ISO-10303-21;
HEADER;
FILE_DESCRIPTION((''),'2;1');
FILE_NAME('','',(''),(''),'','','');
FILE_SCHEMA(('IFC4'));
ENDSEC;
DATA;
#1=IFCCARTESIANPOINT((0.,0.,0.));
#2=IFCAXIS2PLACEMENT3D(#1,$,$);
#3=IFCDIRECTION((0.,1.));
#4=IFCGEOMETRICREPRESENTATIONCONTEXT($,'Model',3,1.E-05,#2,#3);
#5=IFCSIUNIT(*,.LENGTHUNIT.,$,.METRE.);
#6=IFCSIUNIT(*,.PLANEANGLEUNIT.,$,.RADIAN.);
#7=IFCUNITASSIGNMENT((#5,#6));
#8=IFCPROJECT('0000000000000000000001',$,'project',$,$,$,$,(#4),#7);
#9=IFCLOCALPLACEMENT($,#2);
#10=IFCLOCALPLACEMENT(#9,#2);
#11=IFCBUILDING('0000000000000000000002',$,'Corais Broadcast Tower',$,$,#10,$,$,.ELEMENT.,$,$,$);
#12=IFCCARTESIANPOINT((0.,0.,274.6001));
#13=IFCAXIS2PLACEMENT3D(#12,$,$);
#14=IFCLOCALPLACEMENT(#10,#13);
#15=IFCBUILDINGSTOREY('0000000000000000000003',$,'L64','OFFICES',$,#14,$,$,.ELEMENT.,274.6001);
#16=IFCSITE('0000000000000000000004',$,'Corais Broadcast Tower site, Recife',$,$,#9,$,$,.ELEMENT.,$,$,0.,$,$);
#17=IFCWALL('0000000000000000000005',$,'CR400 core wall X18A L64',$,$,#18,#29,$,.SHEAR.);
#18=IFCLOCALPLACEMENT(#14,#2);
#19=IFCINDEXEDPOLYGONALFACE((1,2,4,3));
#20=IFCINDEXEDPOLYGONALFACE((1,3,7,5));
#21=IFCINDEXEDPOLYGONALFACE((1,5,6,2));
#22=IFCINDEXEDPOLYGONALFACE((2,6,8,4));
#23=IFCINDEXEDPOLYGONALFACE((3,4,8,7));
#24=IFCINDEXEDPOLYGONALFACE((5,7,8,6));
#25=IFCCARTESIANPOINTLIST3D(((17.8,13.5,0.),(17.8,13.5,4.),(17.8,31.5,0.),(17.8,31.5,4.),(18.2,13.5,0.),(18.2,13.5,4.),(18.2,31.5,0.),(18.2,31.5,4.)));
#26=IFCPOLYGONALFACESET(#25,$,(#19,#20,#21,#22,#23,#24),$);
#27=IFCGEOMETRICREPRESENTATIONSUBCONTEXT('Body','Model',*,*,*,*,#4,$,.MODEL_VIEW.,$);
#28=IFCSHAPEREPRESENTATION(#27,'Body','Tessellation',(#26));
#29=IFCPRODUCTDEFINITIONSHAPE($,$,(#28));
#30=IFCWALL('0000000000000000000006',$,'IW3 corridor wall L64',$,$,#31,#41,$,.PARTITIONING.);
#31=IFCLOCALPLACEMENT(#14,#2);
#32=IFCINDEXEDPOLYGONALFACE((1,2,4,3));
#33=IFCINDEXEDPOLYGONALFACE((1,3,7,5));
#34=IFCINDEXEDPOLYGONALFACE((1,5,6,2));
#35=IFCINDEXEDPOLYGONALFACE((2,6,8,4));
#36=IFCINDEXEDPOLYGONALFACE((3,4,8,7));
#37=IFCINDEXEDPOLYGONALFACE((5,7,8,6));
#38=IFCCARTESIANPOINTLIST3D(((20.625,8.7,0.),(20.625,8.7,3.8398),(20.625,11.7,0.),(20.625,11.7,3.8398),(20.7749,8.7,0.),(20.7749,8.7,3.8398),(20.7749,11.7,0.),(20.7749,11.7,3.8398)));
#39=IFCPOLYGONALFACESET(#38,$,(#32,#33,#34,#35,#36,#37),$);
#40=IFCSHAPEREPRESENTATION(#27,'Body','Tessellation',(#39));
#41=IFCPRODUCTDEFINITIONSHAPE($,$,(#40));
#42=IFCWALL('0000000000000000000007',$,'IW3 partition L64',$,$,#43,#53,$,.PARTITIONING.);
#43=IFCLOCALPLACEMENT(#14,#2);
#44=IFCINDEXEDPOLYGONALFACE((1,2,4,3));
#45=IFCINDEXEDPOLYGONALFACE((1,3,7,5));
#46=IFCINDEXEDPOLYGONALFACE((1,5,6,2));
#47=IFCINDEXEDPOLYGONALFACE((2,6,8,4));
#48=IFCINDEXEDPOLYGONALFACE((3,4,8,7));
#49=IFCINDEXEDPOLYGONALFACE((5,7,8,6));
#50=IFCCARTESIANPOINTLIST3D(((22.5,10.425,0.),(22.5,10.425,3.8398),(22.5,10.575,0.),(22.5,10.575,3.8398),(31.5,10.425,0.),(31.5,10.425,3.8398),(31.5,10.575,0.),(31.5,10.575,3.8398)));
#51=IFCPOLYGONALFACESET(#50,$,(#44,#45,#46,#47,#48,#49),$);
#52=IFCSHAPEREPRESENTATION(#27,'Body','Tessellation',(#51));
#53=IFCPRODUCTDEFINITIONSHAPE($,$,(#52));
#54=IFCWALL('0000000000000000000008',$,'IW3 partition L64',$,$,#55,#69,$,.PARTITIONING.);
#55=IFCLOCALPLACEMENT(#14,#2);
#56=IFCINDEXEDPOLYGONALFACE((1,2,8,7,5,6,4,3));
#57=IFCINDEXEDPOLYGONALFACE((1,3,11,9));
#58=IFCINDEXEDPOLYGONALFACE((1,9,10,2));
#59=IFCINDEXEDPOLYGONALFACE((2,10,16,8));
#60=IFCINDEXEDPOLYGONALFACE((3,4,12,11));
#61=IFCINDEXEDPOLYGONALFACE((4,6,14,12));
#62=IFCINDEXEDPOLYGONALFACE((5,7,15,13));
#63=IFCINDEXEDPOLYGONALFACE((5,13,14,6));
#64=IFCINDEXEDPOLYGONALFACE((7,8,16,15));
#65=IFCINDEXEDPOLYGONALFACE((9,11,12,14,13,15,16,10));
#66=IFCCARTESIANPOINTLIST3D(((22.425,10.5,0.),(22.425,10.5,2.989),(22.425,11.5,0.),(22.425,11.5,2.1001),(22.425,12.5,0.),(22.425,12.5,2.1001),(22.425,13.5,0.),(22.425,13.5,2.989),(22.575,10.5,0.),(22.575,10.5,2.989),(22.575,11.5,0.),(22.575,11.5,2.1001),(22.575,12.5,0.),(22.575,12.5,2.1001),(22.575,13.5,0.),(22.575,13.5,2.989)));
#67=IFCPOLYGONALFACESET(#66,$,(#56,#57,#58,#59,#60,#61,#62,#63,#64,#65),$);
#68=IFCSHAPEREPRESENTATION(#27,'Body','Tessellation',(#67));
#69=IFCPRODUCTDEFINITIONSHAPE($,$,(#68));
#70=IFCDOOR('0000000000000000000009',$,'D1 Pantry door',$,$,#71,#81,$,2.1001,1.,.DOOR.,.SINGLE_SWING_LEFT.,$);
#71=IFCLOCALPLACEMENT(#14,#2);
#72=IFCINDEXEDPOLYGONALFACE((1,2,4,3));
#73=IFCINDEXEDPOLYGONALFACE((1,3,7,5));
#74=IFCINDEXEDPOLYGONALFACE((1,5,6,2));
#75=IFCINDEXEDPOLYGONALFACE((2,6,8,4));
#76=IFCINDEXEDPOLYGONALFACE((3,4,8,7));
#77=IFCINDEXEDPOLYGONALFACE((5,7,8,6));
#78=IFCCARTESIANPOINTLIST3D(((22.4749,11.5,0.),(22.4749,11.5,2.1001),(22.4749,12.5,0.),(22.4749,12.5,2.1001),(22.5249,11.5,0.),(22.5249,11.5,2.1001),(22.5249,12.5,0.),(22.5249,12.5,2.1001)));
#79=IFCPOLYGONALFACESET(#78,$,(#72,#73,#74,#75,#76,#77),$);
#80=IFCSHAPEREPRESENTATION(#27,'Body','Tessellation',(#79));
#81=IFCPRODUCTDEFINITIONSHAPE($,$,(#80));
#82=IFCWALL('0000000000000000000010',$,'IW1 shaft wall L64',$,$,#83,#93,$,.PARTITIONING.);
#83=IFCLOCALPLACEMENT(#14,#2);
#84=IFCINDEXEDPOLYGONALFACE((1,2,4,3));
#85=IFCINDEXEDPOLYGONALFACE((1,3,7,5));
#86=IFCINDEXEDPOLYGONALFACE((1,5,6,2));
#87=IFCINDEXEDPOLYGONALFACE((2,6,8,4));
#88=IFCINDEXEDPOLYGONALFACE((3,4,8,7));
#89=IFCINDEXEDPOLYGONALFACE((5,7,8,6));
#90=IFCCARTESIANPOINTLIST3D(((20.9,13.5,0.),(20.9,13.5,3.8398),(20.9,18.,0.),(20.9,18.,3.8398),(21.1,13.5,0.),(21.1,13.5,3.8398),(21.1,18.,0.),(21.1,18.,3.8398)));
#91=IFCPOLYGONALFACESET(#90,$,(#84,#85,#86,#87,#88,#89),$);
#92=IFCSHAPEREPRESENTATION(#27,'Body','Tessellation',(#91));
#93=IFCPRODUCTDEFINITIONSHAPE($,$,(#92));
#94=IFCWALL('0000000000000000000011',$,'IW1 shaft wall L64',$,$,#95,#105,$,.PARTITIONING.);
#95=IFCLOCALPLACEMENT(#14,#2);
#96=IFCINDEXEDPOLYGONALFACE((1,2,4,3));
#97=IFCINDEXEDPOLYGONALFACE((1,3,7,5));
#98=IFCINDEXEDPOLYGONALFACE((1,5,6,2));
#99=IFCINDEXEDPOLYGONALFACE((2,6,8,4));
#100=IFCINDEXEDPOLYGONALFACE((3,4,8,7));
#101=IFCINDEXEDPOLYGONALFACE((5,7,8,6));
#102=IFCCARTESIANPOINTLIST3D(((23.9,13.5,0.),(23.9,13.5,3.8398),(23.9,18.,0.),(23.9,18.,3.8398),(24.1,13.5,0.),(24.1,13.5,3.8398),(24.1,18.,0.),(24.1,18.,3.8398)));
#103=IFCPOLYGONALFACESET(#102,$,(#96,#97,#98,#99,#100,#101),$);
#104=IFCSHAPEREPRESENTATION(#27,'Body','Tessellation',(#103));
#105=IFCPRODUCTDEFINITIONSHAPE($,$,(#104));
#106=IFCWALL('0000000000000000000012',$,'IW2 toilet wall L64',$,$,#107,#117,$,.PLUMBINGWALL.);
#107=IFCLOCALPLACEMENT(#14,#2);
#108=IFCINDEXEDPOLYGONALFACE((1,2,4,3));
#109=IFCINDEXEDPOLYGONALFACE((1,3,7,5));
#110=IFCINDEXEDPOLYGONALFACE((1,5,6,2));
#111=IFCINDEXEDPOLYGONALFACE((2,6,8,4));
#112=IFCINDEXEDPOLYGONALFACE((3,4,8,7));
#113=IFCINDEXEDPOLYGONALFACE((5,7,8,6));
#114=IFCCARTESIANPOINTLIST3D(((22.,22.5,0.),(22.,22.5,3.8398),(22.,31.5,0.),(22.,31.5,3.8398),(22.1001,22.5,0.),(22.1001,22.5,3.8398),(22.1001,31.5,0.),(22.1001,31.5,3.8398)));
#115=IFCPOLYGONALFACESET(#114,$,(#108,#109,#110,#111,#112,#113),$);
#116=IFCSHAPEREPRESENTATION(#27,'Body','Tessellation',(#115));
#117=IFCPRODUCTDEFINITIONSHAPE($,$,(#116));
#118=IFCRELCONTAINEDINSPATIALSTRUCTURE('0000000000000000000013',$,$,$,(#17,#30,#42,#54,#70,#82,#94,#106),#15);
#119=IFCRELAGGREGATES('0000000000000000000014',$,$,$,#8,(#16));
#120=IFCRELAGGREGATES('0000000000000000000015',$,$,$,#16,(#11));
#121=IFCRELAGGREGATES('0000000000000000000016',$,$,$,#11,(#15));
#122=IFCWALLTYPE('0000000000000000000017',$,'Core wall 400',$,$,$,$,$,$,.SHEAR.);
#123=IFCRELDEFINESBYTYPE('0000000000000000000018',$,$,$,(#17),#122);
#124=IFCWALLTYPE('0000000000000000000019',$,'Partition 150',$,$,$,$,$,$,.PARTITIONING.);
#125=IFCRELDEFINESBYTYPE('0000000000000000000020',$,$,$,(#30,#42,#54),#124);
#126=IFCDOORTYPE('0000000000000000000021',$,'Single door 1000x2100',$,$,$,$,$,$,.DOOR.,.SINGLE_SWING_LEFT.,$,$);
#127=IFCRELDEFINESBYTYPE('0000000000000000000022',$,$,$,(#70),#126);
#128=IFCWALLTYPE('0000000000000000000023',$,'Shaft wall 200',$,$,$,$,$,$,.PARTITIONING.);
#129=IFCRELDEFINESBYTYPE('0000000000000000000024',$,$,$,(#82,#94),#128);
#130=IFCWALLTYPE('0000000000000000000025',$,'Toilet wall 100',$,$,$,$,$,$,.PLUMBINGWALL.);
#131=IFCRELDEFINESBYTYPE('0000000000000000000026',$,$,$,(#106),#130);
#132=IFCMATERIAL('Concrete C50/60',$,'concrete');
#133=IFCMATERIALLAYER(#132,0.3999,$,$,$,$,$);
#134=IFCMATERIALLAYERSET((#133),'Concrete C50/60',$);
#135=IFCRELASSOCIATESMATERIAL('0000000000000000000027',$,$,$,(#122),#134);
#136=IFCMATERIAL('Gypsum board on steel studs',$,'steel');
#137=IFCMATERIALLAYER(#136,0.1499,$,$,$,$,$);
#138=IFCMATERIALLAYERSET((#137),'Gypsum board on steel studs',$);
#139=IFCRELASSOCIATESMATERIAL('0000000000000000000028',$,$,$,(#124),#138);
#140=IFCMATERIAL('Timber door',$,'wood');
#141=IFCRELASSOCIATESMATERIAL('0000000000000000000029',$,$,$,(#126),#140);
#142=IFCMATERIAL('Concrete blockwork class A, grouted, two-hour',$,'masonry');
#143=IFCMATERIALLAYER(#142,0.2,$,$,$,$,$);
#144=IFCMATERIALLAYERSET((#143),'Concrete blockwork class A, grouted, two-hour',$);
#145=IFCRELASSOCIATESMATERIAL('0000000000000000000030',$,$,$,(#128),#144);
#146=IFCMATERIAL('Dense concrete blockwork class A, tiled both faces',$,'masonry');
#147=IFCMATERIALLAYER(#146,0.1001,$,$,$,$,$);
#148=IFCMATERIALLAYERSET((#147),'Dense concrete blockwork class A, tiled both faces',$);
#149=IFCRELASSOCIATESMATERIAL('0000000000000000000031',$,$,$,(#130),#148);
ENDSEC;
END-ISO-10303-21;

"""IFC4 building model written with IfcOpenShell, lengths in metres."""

from ifc_helpers import new_model, si_unit, direction, frame, frame_2d, origin, place, context, subcontext, project, spatial, rectangle, extrude, material, layer, layer_set, type_object, element, fill, save


model = new_model("IFC4")

# Units and contexts
model_context = context("Model", 3, precision=1e-05, world=origin(), true_north=direction((0.0, 1.0)))
body_context = subcontext(model_context, "Body", "Model", "MODEL_VIEW")
ifc_project = project(units=[si_unit("LENGTHUNIT", "METRE"), si_unit("PLANEANGLEUNIT", "RADIAN")], contexts=[model_context])

# Site, building, storey
site_placement = place(None, origin())
site = spatial("IfcSite", under=ifc_project, at=site_placement, Name="Corais Broadcast Tower site, Recife", CompositionType="ELEMENT", RefElevation=0.0)
building_placement = place(site_placement, origin())
building = spatial("IfcBuilding", under=site, at=building_placement, Name="Corais Broadcast Tower", CompositionType="ELEMENT")
storey_placement = place(building_placement, frame((0.0, 0.0, 274.6001)))
storey = spatial("IfcBuildingStorey", under=building, at=storey_placement, Name="L64", Description="OFFICES", CompositionType="ELEMENT", Elevation=274.6001)

# Walls
ifc_material_1 = material(Name="Concrete C50/60", Category="concrete")
ifc_layer_1 = layer(ifc_material_1, 0.3999)
ifc_layer_set_1 = layer_set([ifc_layer_1], Name="Concrete C50/60")
wall_type_1 = type_object("IfcWallType", Name="Core wall 400", PredefinedType="SHEAR", material=ifc_layer_set_1)
wall_1_placement = place(storey_placement, frame((18.0, 13.5, 0.0), z_axis=(0.0, 0.0, 1.0), x_axis=(0.0, 1.0, 0.0)))
element("IfcWall", 1, at=wall_1_placement, inside=storey, type_object=wall_type_1, Name="CR400 core wall X18A L64", PredefinedType="SHEAR", context=body_context, shape_type="SweptSolid", body=[
    extrude(rectangle(XDim=18.0, YDim=0.3999, at=frame_2d((9.0, 0.0))), origin(), (0.0, 0.0, 1.0), 4.0),
])
ifc_material_2 = material(Name="Gypsum board on steel studs", Category="steel")
ifc_layer_2 = layer(ifc_material_2, 0.1499)
ifc_layer_set_2 = layer_set([ifc_layer_2], Name="Gypsum board on steel studs")
wall_type_2 = type_object("IfcWallType", Name="Partition 150", PredefinedType="PARTITIONING", material=ifc_layer_set_2)
wall_2_placement = place(storey_placement, frame((20.7, 11.7, 0.0), z_axis=(0.0, 0.0, 1.0), x_axis=(0.0, -1.0, 0.0)))
element("IfcWall", 2, at=wall_2_placement, inside=storey, type_object=wall_type_2, Name="IW3 corridor wall L64", PredefinedType="PARTITIONING", context=body_context, shape_type="SweptSolid", body=[
    extrude(rectangle(XDim=3.0, YDim=0.1499, at=frame_2d((1.5, 0.0))), origin(), (0.0, 0.0, 1.0), 3.8398),
])
wall_3_placement = place(storey_placement, frame((22.5, 10.5, 0.0), z_axis=(0.0, 0.0, 1.0), x_axis=(1.0, 0.0, 0.0)))
element("IfcWall", 3, at=wall_3_placement, inside=storey, type_object=wall_type_2, Name="IW3 partition L64", PredefinedType="PARTITIONING", context=body_context, shape_type="SweptSolid", body=[
    extrude(rectangle(XDim=9.0, YDim=0.1499, at=frame_2d((4.5, 0.0))), origin(), (0.0, 0.0, 1.0), 3.8398),
])

# Wall, opening, door
wall_4_placement = place(storey_placement, frame((22.5, 13.5, 0.0), z_axis=(0.0, 0.0, 1.0), x_axis=(0.0, -1.0, 0.0)))
wall_4 = element("IfcWall", 4, at=wall_4_placement, inside=storey, type_object=wall_type_2, Name="IW3 partition L64", PredefinedType="PARTITIONING", context=body_context, shape_type="SweptSolid", body=[
    extrude(rectangle(XDim=3.0, YDim=0.1499, at=frame_2d((1.5, 0.0))), origin(), (0.0, 0.0, 1.0), 2.989),
])
opening_placement = place(wall_4_placement, frame((1.0, 0.0, 0.0)))
opening = element("IfcOpeningElement", 5, at=opening_placement, cuts=wall_4, PredefinedType="OPENING", context=body_context, shape_type="SweptSolid", body=[
    extrude(rectangle(XDim=1.0, YDim=2.1001, at=frame_2d((0.5, 1.05))), frame((0.0, 0.085, 0.0), z_axis=(0.0, -1.0, 0.0), x_axis=(1.0, 0.0, 0.0)), (0.0, 0.0, 1.0), 0.1699),
])
ifc_material_3 = material(Name="Timber door", Category="wood")
door_type = type_object("IfcDoorType", Name="Single door 1000x2100", OperationType="SINGLE_SWING_LEFT", PredefinedType="DOOR", material=ifc_material_3)
door_placement = place(opening_placement, origin())
door = element("IfcDoor", 6, at=door_placement, inside=storey, type_object=door_type, Name="D1 Pantry door", OperationType="SINGLE_SWING_LEFT", OverallHeight=2.1001, OverallWidth=1.0, PredefinedType="DOOR", context=body_context, shape_type="SweptSolid", body=[
    extrude(rectangle(XDim=1.0, YDim=2.1001, at=frame_2d((0.5, 1.05))), frame((0.0, 0.0249, 0.0), z_axis=(0.0, -1.0, 0.0), x_axis=(1.0, 0.0, 0.0)), (0.0, 0.0, 1.0), 0.05),
])
fill(opening, door)

# Walls
ifc_material_4 = material(Name="Concrete blockwork class A, grouted, two-hour", Category="masonry")
ifc_layer_3 = layer(ifc_material_4, 0.2)
ifc_layer_set_3 = layer_set([ifc_layer_3], Name="Concrete blockwork class A, grouted, two-hour")
wall_type_3 = type_object("IfcWallType", Name="Shaft wall 200", PredefinedType="PARTITIONING", material=ifc_layer_set_3)
for number, where, z_axis, x_axis, name in (
    (7, (21.0, 13.5, 0.0), (0.0, 0.0, 1.0), (0.0, 1.0, 0.0), "IW1 shaft wall L64"),
    (8, (24.0, 13.5, 0.0), (0.0, 0.0, 1.0), (0.0, 1.0, 0.0), "IW1 shaft wall L64"),
):
    element("IfcWall", number, at=place(storey_placement, frame(where, z_axis=z_axis, x_axis=x_axis)), inside=storey, type_object=wall_type_3, Name=name, PredefinedType="PARTITIONING", context=body_context, shape_type="SweptSolid", body=[
        extrude(rectangle(XDim=4.5, YDim=0.2, at=frame_2d((2.25, 0.0))), origin(), (0.0, 0.0, 1.0), 3.8398),
    ])
ifc_material_5 = material(Name="Dense concrete blockwork class A, tiled both faces", Category="masonry")
ifc_layer_4 = layer(ifc_material_5, 0.1001)
ifc_layer_set_4 = layer_set([ifc_layer_4], Name="Dense concrete blockwork class A, tiled both faces")
wall_type_4 = type_object("IfcWallType", Name="Toilet wall 100", PredefinedType="PLUMBINGWALL", material=ifc_layer_set_4)
wall_5_placement = place(storey_placement, frame((22.05, 22.5, 0.0), z_axis=(0.0, 0.0, 1.0), x_axis=(0.0, 1.0, 0.0)))
element("IfcWall", 9, at=wall_5_placement, inside=storey, type_object=wall_type_4, Name="IW2 toilet wall L64", PredefinedType="PLUMBINGWALL", context=body_context, shape_type="SweptSolid", body=[
    extrude(rectangle(XDim=9.0, YDim=0.1001, at=frame_2d((4.5, 0.0))), origin(), (0.0, 0.0, 1.0), 3.8398),
])

save(model, "model.ifc")
